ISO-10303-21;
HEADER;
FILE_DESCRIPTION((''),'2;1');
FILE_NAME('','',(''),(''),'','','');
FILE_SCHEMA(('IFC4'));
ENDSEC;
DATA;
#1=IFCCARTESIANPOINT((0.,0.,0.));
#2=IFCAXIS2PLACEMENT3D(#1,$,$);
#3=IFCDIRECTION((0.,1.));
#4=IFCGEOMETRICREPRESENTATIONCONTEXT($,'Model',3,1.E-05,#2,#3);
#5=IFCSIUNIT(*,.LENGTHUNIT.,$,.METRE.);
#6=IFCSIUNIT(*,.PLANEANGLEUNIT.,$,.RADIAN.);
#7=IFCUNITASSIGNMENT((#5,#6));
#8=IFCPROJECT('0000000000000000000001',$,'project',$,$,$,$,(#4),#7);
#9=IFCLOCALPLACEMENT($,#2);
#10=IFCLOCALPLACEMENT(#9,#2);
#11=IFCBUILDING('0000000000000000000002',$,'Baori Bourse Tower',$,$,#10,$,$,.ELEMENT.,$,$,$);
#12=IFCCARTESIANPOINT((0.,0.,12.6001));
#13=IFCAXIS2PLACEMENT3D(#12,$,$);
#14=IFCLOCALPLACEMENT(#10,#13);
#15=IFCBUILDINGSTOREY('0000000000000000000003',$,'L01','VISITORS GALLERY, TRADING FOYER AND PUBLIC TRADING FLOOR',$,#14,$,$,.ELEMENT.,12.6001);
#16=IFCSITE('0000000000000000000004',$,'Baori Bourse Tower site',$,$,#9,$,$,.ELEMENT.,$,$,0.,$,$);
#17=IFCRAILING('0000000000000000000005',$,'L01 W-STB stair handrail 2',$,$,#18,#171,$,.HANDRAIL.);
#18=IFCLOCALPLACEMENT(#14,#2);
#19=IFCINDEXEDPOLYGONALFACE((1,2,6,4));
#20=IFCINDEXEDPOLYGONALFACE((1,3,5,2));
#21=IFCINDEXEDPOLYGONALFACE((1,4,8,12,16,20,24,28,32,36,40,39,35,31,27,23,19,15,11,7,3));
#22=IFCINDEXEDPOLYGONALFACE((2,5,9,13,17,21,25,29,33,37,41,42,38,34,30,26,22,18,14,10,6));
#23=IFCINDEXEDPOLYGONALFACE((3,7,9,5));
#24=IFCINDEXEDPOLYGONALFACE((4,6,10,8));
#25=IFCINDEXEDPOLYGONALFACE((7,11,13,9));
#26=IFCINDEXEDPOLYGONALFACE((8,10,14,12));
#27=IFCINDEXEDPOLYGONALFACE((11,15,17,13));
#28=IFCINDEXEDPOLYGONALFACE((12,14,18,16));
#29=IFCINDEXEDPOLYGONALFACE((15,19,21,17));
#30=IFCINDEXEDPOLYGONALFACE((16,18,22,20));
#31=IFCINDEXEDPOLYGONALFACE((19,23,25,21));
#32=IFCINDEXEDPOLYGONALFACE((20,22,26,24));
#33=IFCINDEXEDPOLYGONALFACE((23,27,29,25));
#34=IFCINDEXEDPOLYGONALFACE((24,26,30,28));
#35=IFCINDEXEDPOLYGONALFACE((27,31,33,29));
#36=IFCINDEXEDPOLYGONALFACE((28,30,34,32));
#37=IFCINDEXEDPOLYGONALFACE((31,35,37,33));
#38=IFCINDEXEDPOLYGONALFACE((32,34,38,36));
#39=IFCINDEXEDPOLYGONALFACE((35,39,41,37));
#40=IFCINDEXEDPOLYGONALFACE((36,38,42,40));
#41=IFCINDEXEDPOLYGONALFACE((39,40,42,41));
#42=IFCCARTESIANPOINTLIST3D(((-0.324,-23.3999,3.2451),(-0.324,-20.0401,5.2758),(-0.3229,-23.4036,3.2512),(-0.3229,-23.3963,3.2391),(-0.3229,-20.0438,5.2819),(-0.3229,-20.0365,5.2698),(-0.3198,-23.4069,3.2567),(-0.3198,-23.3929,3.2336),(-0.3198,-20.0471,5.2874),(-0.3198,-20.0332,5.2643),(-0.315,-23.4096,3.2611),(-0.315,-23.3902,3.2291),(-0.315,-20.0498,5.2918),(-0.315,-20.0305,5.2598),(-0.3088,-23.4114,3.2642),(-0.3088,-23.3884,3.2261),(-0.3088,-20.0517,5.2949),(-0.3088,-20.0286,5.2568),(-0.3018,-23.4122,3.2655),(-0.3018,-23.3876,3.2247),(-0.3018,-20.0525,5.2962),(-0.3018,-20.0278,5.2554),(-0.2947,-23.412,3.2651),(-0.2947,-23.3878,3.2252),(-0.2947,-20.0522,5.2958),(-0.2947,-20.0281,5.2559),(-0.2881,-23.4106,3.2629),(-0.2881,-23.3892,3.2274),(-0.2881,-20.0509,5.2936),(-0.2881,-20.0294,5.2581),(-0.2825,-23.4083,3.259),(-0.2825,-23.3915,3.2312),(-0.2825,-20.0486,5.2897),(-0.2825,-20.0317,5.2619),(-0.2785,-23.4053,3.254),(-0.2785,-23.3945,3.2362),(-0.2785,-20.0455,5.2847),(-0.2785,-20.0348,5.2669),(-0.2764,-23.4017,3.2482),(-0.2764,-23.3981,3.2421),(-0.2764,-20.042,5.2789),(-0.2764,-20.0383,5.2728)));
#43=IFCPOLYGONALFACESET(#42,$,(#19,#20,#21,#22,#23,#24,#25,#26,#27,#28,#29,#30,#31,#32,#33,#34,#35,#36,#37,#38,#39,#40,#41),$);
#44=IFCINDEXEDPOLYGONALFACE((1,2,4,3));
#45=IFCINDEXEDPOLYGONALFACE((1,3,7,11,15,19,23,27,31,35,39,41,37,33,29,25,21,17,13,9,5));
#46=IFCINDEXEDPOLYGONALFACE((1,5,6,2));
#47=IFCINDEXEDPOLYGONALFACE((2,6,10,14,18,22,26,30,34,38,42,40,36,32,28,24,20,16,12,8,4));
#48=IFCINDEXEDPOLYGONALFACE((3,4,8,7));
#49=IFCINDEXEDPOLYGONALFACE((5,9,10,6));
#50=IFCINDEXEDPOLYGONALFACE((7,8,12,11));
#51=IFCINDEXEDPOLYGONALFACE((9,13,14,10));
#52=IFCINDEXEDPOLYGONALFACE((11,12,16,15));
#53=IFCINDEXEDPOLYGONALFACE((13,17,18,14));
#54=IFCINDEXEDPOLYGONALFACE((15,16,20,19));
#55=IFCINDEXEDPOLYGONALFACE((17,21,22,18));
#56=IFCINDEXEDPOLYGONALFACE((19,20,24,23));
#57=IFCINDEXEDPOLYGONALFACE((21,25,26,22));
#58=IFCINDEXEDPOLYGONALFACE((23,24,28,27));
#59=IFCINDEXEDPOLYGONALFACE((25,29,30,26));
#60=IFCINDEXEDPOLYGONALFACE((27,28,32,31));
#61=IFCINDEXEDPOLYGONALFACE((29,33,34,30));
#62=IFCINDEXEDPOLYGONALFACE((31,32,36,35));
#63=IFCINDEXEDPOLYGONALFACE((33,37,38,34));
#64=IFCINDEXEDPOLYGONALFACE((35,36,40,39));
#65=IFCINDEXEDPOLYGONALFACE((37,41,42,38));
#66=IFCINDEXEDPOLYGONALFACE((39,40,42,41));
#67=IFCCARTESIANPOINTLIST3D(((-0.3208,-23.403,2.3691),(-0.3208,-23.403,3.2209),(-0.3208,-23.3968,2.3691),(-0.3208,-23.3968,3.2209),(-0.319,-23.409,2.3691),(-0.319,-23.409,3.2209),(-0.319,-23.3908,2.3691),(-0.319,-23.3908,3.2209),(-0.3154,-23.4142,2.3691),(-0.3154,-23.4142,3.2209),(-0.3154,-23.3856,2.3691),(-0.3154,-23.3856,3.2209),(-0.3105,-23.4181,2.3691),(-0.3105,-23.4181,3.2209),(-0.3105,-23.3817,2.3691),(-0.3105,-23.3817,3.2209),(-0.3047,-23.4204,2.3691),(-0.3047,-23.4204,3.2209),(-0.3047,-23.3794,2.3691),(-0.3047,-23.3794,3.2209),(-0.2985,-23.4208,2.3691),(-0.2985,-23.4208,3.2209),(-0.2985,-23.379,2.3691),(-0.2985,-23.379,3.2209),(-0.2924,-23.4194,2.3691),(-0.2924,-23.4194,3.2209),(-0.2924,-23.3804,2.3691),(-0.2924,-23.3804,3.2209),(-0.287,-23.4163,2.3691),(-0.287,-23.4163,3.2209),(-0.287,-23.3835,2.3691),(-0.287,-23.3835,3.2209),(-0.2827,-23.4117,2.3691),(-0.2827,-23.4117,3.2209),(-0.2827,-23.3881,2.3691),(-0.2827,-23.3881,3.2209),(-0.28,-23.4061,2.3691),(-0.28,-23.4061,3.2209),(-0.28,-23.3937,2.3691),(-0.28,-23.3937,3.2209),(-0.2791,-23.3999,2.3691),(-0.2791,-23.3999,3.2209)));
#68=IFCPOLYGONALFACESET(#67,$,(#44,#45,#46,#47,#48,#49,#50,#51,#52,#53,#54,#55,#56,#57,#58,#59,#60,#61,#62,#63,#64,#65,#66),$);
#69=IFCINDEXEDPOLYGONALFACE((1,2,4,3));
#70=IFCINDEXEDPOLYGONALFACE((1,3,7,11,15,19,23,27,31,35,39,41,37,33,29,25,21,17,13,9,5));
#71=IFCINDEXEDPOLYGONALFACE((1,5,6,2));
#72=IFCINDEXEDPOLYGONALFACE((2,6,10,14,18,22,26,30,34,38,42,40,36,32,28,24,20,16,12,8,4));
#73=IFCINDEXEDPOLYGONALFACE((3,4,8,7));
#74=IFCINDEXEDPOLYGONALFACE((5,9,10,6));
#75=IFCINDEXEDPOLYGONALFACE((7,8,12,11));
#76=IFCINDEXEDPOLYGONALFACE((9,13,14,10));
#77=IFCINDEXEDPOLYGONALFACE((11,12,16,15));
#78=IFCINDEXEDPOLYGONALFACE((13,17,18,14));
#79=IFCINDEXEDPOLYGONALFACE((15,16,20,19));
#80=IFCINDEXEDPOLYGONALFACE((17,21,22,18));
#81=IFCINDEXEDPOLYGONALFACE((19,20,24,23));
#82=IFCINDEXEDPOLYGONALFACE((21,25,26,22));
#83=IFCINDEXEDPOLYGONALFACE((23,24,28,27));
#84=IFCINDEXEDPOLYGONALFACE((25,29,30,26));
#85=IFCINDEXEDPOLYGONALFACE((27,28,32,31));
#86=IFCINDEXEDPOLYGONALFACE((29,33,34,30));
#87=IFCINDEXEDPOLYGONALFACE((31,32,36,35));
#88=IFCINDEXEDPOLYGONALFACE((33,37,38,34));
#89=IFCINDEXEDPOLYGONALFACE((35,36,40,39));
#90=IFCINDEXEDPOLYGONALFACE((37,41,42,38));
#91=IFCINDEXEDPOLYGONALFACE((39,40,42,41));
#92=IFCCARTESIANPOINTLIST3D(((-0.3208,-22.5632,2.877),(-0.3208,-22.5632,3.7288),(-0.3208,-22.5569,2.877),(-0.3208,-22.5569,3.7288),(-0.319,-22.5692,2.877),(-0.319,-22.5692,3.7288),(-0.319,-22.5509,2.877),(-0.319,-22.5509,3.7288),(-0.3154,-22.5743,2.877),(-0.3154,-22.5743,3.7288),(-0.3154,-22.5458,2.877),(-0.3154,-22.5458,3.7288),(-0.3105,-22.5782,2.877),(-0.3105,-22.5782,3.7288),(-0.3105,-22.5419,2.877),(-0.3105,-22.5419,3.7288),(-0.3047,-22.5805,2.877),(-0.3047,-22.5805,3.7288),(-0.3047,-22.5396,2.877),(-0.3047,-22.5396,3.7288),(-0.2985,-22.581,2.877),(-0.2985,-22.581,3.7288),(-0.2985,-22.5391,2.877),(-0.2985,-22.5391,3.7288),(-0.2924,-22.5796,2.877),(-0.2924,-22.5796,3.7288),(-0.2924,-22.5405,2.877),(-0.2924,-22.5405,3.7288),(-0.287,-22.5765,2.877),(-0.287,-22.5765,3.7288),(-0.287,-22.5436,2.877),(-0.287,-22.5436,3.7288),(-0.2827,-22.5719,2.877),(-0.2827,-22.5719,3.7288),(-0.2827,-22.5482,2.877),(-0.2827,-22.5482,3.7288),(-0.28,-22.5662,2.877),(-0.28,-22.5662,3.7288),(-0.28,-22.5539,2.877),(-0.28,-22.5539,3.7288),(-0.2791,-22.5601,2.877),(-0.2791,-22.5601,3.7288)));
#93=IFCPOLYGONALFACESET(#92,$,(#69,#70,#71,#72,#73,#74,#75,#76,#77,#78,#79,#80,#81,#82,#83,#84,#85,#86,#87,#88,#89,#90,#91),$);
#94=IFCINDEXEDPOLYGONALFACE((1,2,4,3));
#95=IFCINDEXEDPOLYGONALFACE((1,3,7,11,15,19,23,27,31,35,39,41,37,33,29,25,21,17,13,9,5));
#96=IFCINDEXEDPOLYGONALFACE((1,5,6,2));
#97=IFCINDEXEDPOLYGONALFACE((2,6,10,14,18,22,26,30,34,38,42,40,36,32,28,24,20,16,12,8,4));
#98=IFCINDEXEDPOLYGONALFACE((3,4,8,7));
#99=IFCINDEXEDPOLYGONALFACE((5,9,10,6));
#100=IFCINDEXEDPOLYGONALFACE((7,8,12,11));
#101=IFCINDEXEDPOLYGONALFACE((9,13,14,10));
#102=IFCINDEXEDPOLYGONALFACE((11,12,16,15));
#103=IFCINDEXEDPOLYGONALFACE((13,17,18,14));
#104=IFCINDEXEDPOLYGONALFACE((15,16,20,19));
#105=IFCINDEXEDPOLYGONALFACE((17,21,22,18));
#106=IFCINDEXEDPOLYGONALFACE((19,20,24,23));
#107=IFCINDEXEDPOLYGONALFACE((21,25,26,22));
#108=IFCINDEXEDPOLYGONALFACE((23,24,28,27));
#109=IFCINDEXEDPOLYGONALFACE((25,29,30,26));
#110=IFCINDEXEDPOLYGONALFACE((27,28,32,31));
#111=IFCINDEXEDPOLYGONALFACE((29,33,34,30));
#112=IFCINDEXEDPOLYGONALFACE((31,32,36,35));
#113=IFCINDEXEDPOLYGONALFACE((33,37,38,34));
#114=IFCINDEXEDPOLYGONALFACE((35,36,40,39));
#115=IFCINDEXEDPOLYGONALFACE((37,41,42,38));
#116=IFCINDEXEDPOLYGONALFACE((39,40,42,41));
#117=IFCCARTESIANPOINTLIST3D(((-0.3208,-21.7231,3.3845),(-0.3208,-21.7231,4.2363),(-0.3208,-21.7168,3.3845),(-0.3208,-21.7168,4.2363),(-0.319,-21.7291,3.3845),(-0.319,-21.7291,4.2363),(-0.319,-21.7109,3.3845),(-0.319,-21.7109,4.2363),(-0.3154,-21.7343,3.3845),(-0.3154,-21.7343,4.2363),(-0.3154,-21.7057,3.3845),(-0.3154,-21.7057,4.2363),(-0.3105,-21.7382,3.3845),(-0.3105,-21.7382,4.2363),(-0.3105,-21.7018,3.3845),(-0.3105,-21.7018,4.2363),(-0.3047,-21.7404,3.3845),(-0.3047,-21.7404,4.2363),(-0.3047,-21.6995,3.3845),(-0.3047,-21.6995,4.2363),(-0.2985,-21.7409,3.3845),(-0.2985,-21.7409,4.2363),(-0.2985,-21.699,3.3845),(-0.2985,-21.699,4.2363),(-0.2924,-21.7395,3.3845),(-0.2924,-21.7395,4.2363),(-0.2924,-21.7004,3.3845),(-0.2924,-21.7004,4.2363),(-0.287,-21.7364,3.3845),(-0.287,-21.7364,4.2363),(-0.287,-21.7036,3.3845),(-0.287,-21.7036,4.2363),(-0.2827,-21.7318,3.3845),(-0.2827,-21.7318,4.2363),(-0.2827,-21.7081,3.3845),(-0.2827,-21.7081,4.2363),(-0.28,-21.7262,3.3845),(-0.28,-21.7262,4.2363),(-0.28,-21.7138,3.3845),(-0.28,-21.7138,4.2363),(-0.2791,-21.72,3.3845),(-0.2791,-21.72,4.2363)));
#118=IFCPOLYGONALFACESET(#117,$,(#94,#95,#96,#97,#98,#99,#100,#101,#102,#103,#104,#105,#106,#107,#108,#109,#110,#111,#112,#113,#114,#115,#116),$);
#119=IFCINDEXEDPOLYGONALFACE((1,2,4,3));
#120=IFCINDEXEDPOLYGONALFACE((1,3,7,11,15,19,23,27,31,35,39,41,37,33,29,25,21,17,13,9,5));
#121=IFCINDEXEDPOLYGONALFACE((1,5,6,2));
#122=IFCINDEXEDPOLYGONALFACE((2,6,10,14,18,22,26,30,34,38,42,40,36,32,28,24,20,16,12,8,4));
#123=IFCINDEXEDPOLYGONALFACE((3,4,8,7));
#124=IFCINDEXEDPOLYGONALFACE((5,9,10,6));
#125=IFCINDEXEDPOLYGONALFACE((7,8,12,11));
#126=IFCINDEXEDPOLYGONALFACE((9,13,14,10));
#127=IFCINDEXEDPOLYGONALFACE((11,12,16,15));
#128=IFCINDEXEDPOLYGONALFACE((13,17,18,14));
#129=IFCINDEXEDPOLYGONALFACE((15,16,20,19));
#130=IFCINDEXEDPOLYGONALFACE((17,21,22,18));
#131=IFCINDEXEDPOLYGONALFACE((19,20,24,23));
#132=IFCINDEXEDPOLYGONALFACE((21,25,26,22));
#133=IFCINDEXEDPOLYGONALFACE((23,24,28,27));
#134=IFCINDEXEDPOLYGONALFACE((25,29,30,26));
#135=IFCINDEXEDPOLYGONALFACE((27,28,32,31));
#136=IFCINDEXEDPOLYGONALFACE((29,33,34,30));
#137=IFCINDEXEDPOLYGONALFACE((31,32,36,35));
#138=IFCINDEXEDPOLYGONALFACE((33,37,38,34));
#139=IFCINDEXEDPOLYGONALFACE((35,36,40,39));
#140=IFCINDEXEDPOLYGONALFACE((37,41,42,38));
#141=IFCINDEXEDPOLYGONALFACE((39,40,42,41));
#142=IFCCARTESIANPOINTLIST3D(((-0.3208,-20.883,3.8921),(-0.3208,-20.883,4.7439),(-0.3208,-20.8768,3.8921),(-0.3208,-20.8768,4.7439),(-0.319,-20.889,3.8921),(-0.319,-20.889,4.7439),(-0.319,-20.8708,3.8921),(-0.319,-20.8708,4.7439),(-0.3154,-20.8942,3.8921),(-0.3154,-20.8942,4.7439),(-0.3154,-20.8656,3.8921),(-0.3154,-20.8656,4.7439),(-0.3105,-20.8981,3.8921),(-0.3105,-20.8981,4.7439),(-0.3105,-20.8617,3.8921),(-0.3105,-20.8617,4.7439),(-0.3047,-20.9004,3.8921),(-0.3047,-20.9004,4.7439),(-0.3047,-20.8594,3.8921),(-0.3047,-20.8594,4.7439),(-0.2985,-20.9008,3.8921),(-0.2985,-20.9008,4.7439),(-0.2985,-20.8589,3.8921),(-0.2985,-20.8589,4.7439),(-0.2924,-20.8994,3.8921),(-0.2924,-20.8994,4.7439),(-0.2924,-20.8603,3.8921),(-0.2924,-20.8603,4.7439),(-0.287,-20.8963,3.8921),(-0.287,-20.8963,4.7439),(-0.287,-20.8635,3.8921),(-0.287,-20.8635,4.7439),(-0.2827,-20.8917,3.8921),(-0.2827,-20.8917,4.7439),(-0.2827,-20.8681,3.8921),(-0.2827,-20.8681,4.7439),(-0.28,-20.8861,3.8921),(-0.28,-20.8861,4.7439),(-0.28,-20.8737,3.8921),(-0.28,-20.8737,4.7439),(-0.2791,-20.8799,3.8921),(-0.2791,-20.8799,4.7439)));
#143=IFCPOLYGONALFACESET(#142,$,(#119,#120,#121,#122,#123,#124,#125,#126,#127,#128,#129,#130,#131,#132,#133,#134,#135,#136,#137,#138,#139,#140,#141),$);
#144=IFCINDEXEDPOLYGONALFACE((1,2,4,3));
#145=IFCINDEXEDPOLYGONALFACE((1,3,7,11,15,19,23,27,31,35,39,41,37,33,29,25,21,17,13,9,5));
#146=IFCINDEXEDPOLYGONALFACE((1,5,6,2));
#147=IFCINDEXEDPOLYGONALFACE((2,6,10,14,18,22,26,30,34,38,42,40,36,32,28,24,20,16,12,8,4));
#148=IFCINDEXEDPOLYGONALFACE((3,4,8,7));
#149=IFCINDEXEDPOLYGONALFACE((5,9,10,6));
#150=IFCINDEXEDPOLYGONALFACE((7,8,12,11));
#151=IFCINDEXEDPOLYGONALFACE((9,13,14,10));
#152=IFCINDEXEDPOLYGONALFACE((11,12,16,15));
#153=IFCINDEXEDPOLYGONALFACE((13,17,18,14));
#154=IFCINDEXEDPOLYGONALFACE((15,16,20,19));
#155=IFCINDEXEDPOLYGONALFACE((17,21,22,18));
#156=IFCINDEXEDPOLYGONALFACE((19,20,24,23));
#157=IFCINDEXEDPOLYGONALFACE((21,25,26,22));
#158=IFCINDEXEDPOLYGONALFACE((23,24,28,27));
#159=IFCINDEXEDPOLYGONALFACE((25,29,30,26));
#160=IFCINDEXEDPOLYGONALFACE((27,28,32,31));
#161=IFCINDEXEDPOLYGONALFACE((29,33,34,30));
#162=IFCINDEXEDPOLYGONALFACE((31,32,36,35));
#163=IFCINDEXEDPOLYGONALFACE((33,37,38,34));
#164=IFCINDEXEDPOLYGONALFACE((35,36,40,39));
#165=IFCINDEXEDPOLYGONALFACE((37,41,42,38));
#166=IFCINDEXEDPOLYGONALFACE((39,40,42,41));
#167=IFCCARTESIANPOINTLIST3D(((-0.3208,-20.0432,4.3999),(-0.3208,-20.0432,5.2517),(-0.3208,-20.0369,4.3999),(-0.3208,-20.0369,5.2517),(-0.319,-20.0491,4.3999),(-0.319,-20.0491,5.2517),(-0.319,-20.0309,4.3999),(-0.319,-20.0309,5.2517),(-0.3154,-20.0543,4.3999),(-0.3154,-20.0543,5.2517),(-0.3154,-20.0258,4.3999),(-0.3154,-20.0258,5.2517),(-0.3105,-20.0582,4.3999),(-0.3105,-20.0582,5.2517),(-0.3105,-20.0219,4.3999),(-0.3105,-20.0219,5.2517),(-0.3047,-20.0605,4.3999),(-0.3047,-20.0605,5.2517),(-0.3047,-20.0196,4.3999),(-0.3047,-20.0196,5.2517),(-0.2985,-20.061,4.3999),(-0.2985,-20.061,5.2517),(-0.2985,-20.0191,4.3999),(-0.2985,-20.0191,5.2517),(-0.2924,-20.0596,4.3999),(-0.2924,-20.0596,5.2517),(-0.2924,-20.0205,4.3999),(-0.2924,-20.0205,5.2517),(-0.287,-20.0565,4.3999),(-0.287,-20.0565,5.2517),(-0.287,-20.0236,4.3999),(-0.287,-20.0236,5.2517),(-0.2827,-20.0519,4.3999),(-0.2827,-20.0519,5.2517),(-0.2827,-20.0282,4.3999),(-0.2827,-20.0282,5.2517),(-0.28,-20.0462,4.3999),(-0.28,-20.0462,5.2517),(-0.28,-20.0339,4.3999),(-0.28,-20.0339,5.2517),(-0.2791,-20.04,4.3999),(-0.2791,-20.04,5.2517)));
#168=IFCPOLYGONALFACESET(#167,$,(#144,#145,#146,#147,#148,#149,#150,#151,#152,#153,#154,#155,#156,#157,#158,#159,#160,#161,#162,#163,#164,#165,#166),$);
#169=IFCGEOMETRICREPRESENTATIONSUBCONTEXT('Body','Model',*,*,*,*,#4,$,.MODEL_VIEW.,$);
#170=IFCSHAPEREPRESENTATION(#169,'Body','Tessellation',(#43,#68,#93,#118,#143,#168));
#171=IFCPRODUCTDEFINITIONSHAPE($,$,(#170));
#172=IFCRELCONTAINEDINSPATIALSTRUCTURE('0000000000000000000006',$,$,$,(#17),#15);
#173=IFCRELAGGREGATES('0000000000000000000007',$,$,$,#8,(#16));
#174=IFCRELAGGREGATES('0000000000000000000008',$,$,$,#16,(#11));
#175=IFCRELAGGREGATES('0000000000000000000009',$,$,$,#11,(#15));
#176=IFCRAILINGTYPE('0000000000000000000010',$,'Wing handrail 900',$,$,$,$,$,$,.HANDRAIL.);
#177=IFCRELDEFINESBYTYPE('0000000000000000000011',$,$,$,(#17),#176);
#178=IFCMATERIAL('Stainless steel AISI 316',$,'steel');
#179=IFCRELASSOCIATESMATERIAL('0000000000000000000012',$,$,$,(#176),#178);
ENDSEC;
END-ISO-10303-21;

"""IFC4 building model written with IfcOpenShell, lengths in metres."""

from ifc_helpers import new_model, si_unit, direction, frame, origin, origin_2d, place, context, subcontext, project, spatial, circle, extrude, material, type_object, element, save


model = new_model("IFC4")

# Units and contexts
model_context = context("Model", 3, precision=1e-05, world=origin(), true_north=direction((0.0, 1.0)))
body_context = subcontext(model_context, "Body", "Model", "MODEL_VIEW")
ifc_project = project(units=[si_unit("LENGTHUNIT", "METRE"), si_unit("PLANEANGLEUNIT", "RADIAN")], contexts=[model_context])

# Site, building, storey
site_placement = place(None, origin())
site = spatial("IfcSite", under=ifc_project, at=site_placement, Name="Baori Bourse Tower site", CompositionType="ELEMENT", RefElevation=0.0)
building_placement = place(site_placement, origin())
building = spatial("IfcBuilding", under=site, at=building_placement, Name="Baori Bourse Tower", CompositionType="ELEMENT")
storey_placement = place(building_placement, frame((0.0, 0.0, 12.6001)))
storey = spatial("IfcBuildingStorey", under=building, at=storey_placement, Name="L01", Description="VISITORS GALLERY, TRADING FOYER AND PUBLIC TRADING FLOOR", CompositionType="ELEMENT", Elevation=12.6001)

# Railing
ifc_material_1 = material(Name="Stainless steel AISI 316", Category="steel")
railing_type_1 = type_object("IfcRailingType", Name="Wing handrail 900", PredefinedType="HANDRAIL", material=ifc_material_1)
railing_1_placement = place(storey_placement, frame((-0.3, -23.3999, 2.3691)))
element("IfcRailing", 1, at=railing_1_placement, inside=storey, type_object=railing_type_1, Name="L01 W-STB stair handrail 2", PredefinedType="HANDRAIL", context=body_context, shape_type="SweptSolid", body=[
    extrude(circle(Radius=0.0239, at=origin_2d()), frame((0.0, 0.0, 0.876), z_axis=(0.0, 0.85582, 0.517273), x_axis=(-1.0, 0.0, 0.0)), (0.0, 0.0, 1.0), 3.9258),
    extrude(circle(Radius=0.021, at=origin_2d()), origin(), (0.0, 0.0, 1.0), 0.8518),
    extrude(circle(Radius=0.021, at=origin_2d()), frame((0.0, 0.8398, 0.5078)), (0.0, 0.0, 1.0), 0.8518),
    extrude(circle(Radius=0.021, at=origin_2d()), frame((0.0, 1.6799, 1.0154)), (0.0, 0.0, 1.0), 0.8518),
    extrude(circle(Radius=0.021, at=origin_2d()), frame((0.0, 2.52, 1.5229)), (0.0, 0.0, 1.0), 0.8518),
    extrude(circle(Radius=0.021, at=origin_2d()), frame((0.0, 3.3599, 2.0308)), (0.0, 0.0, 1.0), 0.8518),
])

save(model, "model.ifc")
